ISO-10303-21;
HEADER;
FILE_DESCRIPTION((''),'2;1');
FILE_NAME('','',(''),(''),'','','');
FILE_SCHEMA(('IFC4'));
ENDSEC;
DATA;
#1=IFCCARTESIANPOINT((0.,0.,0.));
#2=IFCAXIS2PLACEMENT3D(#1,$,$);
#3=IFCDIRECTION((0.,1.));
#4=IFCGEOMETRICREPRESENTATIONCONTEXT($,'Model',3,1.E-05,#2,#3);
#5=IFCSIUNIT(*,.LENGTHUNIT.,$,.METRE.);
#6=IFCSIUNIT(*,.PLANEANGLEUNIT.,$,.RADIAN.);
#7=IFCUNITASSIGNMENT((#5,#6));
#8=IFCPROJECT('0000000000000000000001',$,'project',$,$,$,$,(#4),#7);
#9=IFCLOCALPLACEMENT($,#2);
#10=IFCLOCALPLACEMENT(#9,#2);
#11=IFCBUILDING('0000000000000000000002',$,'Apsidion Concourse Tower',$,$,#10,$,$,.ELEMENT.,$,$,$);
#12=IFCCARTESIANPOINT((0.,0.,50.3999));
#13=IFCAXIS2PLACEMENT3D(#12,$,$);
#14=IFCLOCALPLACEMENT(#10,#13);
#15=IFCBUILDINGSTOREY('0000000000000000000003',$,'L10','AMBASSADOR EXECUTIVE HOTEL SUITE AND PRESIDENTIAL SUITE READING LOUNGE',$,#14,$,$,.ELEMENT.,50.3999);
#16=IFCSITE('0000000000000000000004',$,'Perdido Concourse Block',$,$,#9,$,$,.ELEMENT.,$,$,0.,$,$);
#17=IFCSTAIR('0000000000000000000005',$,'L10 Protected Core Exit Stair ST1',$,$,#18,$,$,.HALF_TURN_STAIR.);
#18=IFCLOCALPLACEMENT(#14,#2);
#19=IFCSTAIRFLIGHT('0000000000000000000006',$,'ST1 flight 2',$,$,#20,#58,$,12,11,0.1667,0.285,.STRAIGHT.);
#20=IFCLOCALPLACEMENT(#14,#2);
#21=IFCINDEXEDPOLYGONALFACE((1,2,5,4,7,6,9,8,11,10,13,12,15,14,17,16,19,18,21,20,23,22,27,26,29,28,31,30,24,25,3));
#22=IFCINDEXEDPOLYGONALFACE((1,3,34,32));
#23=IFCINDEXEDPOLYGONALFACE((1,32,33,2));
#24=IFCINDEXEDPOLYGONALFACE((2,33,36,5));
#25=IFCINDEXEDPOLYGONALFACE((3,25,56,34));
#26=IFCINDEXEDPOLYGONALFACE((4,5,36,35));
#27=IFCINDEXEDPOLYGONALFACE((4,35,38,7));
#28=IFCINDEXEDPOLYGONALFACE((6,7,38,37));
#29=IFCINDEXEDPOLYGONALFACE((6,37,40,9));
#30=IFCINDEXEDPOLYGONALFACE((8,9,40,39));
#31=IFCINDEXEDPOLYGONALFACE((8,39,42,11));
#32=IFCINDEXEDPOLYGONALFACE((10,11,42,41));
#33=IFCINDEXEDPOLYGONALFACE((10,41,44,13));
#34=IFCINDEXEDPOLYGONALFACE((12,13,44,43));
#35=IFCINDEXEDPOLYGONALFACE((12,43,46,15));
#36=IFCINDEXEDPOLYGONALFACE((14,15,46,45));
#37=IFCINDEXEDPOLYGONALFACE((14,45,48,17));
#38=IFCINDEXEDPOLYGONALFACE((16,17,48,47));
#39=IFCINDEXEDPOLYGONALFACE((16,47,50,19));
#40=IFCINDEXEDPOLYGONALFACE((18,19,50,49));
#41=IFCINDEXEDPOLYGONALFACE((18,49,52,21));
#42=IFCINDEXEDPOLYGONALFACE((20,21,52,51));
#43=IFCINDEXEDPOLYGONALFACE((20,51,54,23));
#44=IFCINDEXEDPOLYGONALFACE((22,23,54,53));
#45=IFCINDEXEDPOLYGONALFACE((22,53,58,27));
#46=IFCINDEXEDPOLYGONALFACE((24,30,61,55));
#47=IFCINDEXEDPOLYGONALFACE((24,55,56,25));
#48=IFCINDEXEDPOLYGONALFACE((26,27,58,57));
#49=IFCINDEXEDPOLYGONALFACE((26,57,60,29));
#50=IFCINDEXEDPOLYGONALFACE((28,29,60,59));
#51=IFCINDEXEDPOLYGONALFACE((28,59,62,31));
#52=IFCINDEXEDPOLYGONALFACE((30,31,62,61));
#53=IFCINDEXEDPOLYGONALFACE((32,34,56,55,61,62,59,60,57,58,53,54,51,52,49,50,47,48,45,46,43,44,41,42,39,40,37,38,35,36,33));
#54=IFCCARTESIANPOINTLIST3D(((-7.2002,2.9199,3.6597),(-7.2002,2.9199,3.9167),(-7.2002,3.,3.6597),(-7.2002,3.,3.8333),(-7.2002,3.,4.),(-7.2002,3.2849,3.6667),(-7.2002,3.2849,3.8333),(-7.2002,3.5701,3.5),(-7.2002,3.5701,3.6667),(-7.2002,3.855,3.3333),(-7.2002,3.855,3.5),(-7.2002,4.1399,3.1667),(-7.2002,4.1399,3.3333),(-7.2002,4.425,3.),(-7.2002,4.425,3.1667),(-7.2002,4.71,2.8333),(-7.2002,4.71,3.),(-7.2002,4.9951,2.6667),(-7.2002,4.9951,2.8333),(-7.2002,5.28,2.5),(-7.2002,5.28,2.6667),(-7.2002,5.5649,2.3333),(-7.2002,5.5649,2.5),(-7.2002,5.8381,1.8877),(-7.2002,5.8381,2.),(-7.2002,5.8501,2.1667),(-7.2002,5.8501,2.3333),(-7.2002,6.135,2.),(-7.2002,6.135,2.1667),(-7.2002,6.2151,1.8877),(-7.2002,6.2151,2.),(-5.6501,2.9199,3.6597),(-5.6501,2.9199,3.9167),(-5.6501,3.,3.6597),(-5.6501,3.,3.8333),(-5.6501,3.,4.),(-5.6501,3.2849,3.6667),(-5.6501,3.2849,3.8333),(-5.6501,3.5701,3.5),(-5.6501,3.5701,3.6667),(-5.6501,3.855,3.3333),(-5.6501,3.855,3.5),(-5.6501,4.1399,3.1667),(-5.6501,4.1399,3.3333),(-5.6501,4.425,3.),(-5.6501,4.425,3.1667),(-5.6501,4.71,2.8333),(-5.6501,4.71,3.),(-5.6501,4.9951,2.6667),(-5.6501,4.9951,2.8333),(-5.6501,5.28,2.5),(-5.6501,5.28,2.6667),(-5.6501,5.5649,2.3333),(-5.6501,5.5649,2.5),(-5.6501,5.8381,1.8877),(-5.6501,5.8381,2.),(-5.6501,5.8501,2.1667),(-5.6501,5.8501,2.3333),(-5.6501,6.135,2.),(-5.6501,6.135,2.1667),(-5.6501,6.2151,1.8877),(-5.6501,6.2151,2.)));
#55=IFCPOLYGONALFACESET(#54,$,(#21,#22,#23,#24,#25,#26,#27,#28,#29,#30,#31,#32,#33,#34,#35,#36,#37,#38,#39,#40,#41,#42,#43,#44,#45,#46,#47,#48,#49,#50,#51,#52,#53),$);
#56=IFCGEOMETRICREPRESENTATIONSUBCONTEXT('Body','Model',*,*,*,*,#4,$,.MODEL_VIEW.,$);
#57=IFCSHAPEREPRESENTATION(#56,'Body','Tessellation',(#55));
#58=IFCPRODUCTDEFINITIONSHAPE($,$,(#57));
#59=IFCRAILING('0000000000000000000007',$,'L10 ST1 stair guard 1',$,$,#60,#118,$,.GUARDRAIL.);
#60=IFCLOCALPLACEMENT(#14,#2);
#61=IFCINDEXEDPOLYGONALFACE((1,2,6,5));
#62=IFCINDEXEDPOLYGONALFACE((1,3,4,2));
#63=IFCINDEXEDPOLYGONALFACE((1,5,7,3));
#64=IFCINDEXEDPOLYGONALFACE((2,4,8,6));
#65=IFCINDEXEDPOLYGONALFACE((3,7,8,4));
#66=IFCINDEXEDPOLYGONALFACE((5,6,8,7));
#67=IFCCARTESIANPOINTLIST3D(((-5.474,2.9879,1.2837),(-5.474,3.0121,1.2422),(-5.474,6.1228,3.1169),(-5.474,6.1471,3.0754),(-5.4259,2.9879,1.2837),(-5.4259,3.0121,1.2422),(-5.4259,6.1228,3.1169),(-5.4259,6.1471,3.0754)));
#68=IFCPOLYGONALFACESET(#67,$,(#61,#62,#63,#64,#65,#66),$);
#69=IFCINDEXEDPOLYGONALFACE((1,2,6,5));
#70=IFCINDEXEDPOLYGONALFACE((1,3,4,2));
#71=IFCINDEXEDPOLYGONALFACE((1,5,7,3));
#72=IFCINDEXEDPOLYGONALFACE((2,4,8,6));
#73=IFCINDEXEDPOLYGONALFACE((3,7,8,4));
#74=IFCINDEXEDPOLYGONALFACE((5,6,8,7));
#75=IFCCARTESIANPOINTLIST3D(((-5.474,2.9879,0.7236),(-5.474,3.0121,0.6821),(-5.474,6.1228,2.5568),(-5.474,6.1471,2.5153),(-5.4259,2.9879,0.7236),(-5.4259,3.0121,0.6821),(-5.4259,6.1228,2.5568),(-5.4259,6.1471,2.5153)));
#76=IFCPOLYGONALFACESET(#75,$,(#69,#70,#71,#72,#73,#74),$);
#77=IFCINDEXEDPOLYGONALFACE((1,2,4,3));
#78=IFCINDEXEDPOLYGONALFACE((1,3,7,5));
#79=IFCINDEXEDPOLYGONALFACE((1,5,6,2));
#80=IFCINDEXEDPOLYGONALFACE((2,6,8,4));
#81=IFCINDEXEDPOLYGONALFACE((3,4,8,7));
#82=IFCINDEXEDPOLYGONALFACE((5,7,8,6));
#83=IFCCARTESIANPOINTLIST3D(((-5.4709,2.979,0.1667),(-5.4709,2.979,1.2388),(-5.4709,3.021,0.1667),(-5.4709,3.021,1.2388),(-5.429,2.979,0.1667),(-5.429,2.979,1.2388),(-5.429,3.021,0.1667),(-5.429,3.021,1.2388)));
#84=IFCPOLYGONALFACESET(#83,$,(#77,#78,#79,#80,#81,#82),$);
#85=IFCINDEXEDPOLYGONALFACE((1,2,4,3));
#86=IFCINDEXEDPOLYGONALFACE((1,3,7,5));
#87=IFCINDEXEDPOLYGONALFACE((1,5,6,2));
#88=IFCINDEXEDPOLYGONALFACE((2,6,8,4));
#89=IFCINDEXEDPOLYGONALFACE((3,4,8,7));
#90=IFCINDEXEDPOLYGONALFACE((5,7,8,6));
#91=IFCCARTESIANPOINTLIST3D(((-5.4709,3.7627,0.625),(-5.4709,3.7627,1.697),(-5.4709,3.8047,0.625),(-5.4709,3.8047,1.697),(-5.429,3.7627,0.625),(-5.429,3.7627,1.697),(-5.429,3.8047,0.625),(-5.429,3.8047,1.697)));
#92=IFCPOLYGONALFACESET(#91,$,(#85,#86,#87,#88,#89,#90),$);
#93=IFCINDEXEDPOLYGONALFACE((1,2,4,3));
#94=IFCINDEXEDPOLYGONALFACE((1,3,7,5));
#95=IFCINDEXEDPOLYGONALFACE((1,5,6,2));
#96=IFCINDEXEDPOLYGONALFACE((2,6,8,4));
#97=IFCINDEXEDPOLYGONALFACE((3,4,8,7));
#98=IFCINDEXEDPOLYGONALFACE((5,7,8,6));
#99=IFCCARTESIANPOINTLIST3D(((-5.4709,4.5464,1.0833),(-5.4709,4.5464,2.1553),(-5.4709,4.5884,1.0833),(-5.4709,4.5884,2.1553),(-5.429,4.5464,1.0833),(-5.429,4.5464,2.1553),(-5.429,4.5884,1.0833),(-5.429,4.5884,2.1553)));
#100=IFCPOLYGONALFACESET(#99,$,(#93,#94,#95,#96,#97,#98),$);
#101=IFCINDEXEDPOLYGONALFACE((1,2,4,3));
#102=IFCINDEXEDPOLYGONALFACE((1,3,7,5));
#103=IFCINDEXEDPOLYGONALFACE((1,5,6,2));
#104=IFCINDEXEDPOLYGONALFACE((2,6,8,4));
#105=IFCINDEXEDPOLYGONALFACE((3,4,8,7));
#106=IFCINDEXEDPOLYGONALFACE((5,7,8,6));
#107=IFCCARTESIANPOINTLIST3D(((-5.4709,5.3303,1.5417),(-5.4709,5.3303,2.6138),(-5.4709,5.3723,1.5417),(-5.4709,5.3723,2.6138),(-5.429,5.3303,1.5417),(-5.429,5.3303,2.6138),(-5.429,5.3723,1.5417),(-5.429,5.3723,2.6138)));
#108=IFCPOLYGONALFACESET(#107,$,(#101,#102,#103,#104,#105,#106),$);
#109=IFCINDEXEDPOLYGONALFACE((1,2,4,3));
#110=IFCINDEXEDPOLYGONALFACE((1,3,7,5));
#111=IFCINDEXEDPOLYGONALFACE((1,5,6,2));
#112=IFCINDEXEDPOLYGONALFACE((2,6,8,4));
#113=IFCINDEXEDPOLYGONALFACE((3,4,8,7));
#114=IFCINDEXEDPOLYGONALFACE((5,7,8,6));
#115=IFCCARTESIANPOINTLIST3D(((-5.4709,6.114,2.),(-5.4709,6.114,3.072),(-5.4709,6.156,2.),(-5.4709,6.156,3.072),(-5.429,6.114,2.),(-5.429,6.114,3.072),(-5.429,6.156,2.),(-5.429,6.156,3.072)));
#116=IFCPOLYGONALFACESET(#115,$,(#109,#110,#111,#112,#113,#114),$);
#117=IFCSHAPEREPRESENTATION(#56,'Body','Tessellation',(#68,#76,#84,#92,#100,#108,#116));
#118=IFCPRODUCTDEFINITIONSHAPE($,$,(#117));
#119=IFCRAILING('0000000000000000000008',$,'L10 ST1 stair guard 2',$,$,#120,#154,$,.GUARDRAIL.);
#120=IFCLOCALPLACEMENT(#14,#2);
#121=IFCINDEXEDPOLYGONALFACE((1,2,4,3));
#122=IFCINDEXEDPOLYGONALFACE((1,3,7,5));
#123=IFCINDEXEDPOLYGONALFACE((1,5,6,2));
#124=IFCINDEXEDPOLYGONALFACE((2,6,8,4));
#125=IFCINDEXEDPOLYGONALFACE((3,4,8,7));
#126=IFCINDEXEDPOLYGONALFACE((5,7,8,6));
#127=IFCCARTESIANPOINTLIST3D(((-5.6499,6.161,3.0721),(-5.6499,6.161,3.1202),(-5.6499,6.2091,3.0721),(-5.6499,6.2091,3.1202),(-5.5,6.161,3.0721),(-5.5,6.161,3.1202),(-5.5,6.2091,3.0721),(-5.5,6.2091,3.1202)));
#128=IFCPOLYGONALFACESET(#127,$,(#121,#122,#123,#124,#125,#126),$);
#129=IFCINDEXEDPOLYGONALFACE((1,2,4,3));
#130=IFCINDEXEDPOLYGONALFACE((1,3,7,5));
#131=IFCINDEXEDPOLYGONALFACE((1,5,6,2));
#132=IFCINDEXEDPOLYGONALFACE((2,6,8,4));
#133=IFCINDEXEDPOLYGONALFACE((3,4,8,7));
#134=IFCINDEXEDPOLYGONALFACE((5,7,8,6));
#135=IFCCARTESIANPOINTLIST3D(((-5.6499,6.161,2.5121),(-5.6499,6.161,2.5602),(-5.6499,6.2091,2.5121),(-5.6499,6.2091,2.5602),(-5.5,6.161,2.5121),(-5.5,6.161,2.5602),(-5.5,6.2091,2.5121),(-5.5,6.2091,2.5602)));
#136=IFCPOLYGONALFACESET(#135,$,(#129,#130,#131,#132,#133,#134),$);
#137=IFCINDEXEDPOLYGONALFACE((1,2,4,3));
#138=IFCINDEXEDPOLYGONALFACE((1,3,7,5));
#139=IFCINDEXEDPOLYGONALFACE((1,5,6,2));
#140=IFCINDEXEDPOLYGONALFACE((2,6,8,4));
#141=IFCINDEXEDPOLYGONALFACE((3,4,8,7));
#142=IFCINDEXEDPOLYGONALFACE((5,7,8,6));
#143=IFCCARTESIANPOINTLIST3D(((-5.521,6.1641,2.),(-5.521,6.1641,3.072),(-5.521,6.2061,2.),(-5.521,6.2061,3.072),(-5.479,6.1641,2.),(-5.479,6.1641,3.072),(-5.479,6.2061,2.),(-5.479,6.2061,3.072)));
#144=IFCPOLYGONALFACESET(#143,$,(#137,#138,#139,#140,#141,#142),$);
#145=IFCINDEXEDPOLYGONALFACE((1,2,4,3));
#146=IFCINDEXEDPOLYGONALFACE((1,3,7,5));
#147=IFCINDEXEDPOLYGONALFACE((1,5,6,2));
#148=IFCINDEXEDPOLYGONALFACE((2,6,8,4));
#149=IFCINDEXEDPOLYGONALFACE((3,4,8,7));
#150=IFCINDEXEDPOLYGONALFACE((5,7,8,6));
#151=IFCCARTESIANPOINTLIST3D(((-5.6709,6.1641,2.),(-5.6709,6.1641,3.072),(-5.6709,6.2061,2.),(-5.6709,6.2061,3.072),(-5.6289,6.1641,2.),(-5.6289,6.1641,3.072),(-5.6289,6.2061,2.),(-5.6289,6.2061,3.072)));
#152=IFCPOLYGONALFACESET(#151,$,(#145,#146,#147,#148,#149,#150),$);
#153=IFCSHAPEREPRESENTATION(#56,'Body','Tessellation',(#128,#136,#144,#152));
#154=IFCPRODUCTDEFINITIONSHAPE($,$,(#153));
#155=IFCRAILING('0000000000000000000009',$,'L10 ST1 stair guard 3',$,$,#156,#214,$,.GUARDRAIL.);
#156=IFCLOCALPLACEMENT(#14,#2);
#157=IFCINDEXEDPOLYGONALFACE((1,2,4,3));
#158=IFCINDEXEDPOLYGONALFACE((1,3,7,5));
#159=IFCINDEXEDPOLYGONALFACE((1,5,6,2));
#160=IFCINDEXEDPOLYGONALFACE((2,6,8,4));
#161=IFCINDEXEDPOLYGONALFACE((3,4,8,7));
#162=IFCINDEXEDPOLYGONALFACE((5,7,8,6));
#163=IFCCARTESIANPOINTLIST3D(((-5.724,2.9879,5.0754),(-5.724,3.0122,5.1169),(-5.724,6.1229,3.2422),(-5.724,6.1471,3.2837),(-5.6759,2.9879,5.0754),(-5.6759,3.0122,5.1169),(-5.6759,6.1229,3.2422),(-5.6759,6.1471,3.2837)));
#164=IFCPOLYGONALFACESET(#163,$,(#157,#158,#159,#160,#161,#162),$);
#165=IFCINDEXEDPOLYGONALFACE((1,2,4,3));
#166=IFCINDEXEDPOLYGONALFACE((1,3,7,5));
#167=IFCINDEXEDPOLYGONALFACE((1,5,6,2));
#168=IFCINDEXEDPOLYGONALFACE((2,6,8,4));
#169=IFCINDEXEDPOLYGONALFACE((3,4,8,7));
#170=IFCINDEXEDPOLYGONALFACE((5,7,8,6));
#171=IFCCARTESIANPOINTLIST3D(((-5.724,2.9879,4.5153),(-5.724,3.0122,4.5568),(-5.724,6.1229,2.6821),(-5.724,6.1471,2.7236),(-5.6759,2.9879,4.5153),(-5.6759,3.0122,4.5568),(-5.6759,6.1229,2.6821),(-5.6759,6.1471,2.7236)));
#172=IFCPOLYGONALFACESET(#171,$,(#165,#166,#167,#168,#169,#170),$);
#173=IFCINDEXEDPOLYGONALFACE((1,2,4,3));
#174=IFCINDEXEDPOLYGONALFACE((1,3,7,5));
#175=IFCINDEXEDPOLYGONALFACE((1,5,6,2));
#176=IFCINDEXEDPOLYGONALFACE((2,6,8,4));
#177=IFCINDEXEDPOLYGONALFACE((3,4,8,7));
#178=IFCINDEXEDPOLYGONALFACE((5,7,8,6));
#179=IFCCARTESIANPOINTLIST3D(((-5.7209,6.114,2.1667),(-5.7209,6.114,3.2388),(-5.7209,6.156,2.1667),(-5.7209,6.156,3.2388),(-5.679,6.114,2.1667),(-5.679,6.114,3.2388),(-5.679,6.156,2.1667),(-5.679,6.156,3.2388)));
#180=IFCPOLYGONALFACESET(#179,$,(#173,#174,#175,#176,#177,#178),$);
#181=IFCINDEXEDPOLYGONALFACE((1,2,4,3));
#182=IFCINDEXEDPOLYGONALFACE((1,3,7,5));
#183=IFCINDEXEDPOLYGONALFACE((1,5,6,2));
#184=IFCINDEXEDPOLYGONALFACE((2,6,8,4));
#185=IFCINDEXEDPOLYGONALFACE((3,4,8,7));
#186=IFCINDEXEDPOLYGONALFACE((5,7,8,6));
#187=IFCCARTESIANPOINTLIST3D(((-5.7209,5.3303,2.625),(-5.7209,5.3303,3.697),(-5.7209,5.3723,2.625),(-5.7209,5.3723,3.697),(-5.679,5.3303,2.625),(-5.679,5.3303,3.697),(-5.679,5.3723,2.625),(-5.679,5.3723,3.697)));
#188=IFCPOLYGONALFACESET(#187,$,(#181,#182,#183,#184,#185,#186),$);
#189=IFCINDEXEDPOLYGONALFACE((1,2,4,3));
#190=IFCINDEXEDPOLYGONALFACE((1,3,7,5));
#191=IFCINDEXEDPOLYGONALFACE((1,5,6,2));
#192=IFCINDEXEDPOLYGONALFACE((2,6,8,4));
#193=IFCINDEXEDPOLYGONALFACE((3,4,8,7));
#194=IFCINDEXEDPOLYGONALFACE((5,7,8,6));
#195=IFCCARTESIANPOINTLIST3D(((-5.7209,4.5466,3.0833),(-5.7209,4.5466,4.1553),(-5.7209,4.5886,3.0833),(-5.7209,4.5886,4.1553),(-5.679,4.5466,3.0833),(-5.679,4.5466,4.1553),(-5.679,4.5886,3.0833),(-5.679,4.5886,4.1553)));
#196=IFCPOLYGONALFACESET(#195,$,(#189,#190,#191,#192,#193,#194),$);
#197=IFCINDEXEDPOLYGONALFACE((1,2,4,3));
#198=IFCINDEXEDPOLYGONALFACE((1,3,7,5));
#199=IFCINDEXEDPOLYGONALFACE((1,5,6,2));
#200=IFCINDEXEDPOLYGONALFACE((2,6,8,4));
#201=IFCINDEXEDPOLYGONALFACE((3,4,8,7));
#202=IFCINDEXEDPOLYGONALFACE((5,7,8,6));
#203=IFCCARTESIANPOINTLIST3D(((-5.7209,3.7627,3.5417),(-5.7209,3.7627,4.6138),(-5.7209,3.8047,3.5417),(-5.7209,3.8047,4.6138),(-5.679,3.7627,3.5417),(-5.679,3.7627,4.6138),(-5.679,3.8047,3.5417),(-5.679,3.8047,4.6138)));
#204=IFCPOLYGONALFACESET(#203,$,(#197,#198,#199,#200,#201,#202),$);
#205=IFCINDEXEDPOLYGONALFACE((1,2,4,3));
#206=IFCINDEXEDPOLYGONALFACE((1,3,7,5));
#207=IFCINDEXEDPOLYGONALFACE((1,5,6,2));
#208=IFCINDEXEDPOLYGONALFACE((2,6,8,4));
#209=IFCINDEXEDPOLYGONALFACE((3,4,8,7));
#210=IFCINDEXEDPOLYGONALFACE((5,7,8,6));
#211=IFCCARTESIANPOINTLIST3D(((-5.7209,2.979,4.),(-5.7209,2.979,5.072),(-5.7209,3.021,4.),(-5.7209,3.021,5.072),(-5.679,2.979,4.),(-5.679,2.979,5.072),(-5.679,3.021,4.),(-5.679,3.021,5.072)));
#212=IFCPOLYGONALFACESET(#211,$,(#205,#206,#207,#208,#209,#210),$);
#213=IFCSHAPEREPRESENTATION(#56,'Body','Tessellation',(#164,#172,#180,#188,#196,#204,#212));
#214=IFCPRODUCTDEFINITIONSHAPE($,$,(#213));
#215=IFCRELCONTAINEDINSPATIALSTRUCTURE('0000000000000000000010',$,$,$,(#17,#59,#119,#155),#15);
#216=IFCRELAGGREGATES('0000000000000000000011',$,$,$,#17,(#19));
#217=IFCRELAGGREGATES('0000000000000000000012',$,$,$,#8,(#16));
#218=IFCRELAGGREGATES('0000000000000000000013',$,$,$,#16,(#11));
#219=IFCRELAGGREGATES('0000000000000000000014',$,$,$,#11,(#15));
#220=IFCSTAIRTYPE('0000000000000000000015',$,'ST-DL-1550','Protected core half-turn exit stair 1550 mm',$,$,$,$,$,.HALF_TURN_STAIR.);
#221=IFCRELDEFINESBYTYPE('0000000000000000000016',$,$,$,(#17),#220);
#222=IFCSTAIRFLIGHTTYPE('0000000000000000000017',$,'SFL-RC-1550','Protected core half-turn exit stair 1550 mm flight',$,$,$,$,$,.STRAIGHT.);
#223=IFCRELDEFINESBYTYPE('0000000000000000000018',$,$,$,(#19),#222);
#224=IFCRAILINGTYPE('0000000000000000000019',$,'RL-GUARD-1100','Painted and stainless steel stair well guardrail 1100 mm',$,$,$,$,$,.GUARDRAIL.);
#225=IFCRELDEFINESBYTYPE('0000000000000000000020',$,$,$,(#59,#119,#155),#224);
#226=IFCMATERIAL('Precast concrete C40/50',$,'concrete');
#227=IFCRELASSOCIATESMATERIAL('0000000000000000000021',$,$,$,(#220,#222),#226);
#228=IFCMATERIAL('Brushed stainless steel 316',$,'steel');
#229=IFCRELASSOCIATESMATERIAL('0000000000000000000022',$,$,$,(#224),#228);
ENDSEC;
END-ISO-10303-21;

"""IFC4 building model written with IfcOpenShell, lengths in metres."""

from ifc_helpers import new_model, si_unit, direction, frame, origin, origin_2d, place, context, subcontext, project, spatial, polyline, rectangle, outline, extrude, material, type_object, element, aggregate, save


model = new_model("IFC4")

# Units and contexts
model_context = context("Model", 3, precision=1e-05, world=origin(), true_north=direction((0.0, 1.0)))
body_context = subcontext(model_context, "Body", "Model", "MODEL_VIEW")
ifc_project = project(units=[si_unit("LENGTHUNIT", "METRE"), si_unit("PLANEANGLEUNIT", "RADIAN")], contexts=[model_context])

# Site, building, storey
site_placement = place(None, origin())
site = spatial("IfcSite", under=ifc_project, at=site_placement, Name="Perdido Concourse Block", CompositionType="ELEMENT", RefElevation=0.0)
building_placement = place(site_placement, origin())
building = spatial("IfcBuilding", under=site, at=building_placement, Name="Apsidion Concourse Tower", CompositionType="ELEMENT")
storey_placement = place(building_placement, frame((0.0, 0.0, 50.3999)))
storey = spatial("IfcBuildingStorey", under=building, at=storey_placement, Name="L10", Description="AMBASSADOR EXECUTIVE HOTEL SUITE AND PRESIDENTIAL SUITE READING LOUNGE", CompositionType="ELEMENT", Elevation=50.3999)

# Shared definitions
ifc_material_1 = material(Name="Brushed stainless steel 316", Category="steel")

# Stair, stair flight
ifc_material_2 = material(Name="Precast concrete C40/50", Category="concrete")
stair_type = type_object("IfcStairType", Name="ST-DL-1550", Description="Protected core half-turn exit stair 1550 mm", PredefinedType="HALF_TURN_STAIR", material=ifc_material_2)
stair_placement = place(storey_placement, origin())
stair = element("IfcStair", 1, at=stair_placement, inside=storey, type_object=stair_type, Name="L10 Protected Core Exit Stair ST1", PredefinedType="HALF_TURN_STAIR")
stair_flight_type = type_object("IfcStairFlightType", Name="SFL-RC-1550", Description="Protected core half-turn exit stair 1550 mm flight", PredefinedType="STRAIGHT", material=ifc_material_2)
stair_flight_1_placement = place(storey_placement, frame((-6.425, 6.135, 2.0), z_axis=(0.0, 0.0, 1.0), x_axis=(0.0, -1.0, 0.0)))
stair_flight_1 = element("IfcStairFlight", 2, at=stair_flight_1_placement, type_object=stair_flight_type, Name="ST1 flight 2", NumberOfRisers=12, NumberOfTreads=11, PredefinedType="STRAIGHT", RiserHeight=0.1667, TreadLength=0.285, context=body_context, shape_type="SweptSolid", body=[
    extrude(outline(polyline([(-0.0801, -0.1123), (-0.0801, 0.0), (0.0, 0.0), (0.0, 0.1667), (0.2849, 0.1667), (0.2849, 0.3333), (0.5701, 0.3333), (0.5701, 0.5), (0.855, 0.5), (0.855, 0.6667), (1.1399, 0.6667), (1.1399, 0.8333), (1.425, 0.8333), (1.425, 1.0), (1.71, 1.0), (1.71, 1.1667), (1.9951, 1.1667), (1.9951, 1.3333), (2.28, 1.3333), (2.28, 1.5), (2.5649, 1.5), (2.5649, 1.6667), (2.8501, 1.6667), (2.8501, 1.8333), (3.135, 1.8333), (3.135, 2.0), (3.2151, 1.9167), (3.2151, 1.6597), (3.135, 1.6597), (0.2969, 0.0), (0.2969, -0.1123), (-0.0801, -0.1123)])), frame((0.0, 0.7749, 0.0), z_axis=(0.0, -1.0, 0.0), x_axis=(1.0, 0.0, 0.0)), (0.0, 0.0, 1.0), 1.55),
])
aggregate(stair, [stair_flight_1])

# Railings
railing_type_1 = type_object("IfcRailingType", Name="RL-GUARD-1100", Description="Painted and stainless steel stair well guardrail 1100 mm", PredefinedType="GUARDRAIL", material=ifc_material_1)
railing_1_placement = place(storey_placement, frame((-5.45, 3.0, 0.1667)))
element("IfcRailing", 3, at=railing_1_placement, inside=storey, type_object=railing_type_1, Name="L10 ST1 stair guard 1", PredefinedType="GUARDRAIL", context=body_context, shape_type="SweptSolid", body=[
    extrude(rectangle(XDim=0.0481, YDim=0.0481, at=origin_2d()), frame((0.0, 0.0, 1.0962), z_axis=(0.0, 0.86324, 0.504794), x_axis=(-1.0, 0.0, 0.0)), (0.0, 0.0, 1.0), 3.6316),
    extrude(rectangle(XDim=0.0481, YDim=0.0481, at=origin_2d()), frame((0.0, 0.0, 0.5361), z_axis=(0.0, 0.86324, 0.504794), x_axis=(-1.0, 0.0, 0.0)), (0.0, 0.0, 1.0), 3.6316),
    extrude(rectangle(XDim=0.042, YDim=0.042, at=origin_2d()), origin(), (0.0, 0.0, 1.0), 1.072),
    extrude(rectangle(XDim=0.042, YDim=0.042, at=origin_2d()), frame((0.0, 0.7837, 0.4583)), (0.0, 0.0, 1.0), 1.072),
    extrude(rectangle(XDim=0.042, YDim=0.042, at=origin_2d()), frame((0.0, 1.5674, 0.9165)), (0.0, 0.0, 1.0), 1.072),
    extrude(rectangle(XDim=0.042, YDim=0.042, at=origin_2d()), frame((0.0, 2.3513, 1.375)), (0.0, 0.0, 1.0), 1.072),
    extrude(rectangle(XDim=0.042, YDim=0.042, at=origin_2d()), frame((0.0, 3.135, 1.8333)), (0.0, 0.0, 1.0), 1.072),
])
railing_2_placement = place(storey_placement, frame((-5.5, 6.1851, 2.0)))
element("IfcRailing", 4, at=railing_2_placement, inside=storey, type_object=railing_type_1, Name="L10 ST1 stair guard 2", PredefinedType="GUARDRAIL", context=body_context, shape_type="SweptSolid", body=[
    extrude(rectangle(XDim=0.0481, YDim=0.0481, at=origin_2d()), frame((0.0, 0.0, 1.0962), z_axis=(-1.0, 0.0, 0.0), x_axis=(0.0, -1.0, 0.0)), (0.0, 0.0, 1.0), 0.1499),
    extrude(rectangle(XDim=0.0481, YDim=0.0481, at=origin_2d()), frame((0.0, 0.0, 0.5361), z_axis=(-1.0, 0.0, 0.0), x_axis=(0.0, -1.0, 0.0)), (0.0, 0.0, 1.0), 0.1499),
    extrude(rectangle(XDim=0.042, YDim=0.042, at=origin_2d()), origin(), (0.0, 0.0, 1.0), 1.072),
    extrude(rectangle(XDim=0.042, YDim=0.042, at=origin_2d()), frame((-0.1499, 0.0, 0.0)), (0.0, 0.0, 1.0), 1.072),
])
railing_3_placement = place(storey_placement, frame((-5.7, 6.135, 2.1667)))
element("IfcRailing", 5, at=railing_3_placement, inside=storey, type_object=railing_type_1, Name="L10 ST1 stair guard 3", PredefinedType="GUARDRAIL", context=body_context, shape_type="SweptSolid", body=[
    extrude(rectangle(XDim=0.0481, YDim=0.0481, at=origin_2d()), frame((0.0, 0.0, 1.0962), z_axis=(0.0, -0.86324, 0.504794), x_axis=(1.0, 0.0, 0.0)), (0.0, 0.0, 1.0), 3.6316),
    extrude(rectangle(XDim=0.0481, YDim=0.0481, at=origin_2d()), frame((0.0, 0.0, 0.5361), z_axis=(0.0, -0.86324, 0.504794), x_axis=(1.0, 0.0, 0.0)), (0.0, 0.0, 1.0), 3.6316),
    extrude(rectangle(XDim=0.042, YDim=0.042, at=origin_2d()), origin(), (0.0, 0.0, 1.0), 1.072),
    extrude(rectangle(XDim=0.042, YDim=0.042, at=origin_2d()), frame((0.0, -0.7837, 0.4583)), (0.0, 0.0, 1.0), 1.072),
    extrude(rectangle(XDim=0.042, YDim=0.042, at=origin_2d()), frame((0.0, -1.5674, 0.9165)), (0.0, 0.0, 1.0), 1.072),
    extrude(rectangle(XDim=0.042, YDim=0.042, at=origin_2d()), frame((0.0, -2.3513, 1.375)), (0.0, 0.0, 1.0), 1.072),
    extrude(rectangle(XDim=0.042, YDim=0.042, at=origin_2d()), frame((0.0, -3.135, 1.8333)), (0.0, 0.0, 1.0), 1.072),
])

save(model, "model.ifc")
